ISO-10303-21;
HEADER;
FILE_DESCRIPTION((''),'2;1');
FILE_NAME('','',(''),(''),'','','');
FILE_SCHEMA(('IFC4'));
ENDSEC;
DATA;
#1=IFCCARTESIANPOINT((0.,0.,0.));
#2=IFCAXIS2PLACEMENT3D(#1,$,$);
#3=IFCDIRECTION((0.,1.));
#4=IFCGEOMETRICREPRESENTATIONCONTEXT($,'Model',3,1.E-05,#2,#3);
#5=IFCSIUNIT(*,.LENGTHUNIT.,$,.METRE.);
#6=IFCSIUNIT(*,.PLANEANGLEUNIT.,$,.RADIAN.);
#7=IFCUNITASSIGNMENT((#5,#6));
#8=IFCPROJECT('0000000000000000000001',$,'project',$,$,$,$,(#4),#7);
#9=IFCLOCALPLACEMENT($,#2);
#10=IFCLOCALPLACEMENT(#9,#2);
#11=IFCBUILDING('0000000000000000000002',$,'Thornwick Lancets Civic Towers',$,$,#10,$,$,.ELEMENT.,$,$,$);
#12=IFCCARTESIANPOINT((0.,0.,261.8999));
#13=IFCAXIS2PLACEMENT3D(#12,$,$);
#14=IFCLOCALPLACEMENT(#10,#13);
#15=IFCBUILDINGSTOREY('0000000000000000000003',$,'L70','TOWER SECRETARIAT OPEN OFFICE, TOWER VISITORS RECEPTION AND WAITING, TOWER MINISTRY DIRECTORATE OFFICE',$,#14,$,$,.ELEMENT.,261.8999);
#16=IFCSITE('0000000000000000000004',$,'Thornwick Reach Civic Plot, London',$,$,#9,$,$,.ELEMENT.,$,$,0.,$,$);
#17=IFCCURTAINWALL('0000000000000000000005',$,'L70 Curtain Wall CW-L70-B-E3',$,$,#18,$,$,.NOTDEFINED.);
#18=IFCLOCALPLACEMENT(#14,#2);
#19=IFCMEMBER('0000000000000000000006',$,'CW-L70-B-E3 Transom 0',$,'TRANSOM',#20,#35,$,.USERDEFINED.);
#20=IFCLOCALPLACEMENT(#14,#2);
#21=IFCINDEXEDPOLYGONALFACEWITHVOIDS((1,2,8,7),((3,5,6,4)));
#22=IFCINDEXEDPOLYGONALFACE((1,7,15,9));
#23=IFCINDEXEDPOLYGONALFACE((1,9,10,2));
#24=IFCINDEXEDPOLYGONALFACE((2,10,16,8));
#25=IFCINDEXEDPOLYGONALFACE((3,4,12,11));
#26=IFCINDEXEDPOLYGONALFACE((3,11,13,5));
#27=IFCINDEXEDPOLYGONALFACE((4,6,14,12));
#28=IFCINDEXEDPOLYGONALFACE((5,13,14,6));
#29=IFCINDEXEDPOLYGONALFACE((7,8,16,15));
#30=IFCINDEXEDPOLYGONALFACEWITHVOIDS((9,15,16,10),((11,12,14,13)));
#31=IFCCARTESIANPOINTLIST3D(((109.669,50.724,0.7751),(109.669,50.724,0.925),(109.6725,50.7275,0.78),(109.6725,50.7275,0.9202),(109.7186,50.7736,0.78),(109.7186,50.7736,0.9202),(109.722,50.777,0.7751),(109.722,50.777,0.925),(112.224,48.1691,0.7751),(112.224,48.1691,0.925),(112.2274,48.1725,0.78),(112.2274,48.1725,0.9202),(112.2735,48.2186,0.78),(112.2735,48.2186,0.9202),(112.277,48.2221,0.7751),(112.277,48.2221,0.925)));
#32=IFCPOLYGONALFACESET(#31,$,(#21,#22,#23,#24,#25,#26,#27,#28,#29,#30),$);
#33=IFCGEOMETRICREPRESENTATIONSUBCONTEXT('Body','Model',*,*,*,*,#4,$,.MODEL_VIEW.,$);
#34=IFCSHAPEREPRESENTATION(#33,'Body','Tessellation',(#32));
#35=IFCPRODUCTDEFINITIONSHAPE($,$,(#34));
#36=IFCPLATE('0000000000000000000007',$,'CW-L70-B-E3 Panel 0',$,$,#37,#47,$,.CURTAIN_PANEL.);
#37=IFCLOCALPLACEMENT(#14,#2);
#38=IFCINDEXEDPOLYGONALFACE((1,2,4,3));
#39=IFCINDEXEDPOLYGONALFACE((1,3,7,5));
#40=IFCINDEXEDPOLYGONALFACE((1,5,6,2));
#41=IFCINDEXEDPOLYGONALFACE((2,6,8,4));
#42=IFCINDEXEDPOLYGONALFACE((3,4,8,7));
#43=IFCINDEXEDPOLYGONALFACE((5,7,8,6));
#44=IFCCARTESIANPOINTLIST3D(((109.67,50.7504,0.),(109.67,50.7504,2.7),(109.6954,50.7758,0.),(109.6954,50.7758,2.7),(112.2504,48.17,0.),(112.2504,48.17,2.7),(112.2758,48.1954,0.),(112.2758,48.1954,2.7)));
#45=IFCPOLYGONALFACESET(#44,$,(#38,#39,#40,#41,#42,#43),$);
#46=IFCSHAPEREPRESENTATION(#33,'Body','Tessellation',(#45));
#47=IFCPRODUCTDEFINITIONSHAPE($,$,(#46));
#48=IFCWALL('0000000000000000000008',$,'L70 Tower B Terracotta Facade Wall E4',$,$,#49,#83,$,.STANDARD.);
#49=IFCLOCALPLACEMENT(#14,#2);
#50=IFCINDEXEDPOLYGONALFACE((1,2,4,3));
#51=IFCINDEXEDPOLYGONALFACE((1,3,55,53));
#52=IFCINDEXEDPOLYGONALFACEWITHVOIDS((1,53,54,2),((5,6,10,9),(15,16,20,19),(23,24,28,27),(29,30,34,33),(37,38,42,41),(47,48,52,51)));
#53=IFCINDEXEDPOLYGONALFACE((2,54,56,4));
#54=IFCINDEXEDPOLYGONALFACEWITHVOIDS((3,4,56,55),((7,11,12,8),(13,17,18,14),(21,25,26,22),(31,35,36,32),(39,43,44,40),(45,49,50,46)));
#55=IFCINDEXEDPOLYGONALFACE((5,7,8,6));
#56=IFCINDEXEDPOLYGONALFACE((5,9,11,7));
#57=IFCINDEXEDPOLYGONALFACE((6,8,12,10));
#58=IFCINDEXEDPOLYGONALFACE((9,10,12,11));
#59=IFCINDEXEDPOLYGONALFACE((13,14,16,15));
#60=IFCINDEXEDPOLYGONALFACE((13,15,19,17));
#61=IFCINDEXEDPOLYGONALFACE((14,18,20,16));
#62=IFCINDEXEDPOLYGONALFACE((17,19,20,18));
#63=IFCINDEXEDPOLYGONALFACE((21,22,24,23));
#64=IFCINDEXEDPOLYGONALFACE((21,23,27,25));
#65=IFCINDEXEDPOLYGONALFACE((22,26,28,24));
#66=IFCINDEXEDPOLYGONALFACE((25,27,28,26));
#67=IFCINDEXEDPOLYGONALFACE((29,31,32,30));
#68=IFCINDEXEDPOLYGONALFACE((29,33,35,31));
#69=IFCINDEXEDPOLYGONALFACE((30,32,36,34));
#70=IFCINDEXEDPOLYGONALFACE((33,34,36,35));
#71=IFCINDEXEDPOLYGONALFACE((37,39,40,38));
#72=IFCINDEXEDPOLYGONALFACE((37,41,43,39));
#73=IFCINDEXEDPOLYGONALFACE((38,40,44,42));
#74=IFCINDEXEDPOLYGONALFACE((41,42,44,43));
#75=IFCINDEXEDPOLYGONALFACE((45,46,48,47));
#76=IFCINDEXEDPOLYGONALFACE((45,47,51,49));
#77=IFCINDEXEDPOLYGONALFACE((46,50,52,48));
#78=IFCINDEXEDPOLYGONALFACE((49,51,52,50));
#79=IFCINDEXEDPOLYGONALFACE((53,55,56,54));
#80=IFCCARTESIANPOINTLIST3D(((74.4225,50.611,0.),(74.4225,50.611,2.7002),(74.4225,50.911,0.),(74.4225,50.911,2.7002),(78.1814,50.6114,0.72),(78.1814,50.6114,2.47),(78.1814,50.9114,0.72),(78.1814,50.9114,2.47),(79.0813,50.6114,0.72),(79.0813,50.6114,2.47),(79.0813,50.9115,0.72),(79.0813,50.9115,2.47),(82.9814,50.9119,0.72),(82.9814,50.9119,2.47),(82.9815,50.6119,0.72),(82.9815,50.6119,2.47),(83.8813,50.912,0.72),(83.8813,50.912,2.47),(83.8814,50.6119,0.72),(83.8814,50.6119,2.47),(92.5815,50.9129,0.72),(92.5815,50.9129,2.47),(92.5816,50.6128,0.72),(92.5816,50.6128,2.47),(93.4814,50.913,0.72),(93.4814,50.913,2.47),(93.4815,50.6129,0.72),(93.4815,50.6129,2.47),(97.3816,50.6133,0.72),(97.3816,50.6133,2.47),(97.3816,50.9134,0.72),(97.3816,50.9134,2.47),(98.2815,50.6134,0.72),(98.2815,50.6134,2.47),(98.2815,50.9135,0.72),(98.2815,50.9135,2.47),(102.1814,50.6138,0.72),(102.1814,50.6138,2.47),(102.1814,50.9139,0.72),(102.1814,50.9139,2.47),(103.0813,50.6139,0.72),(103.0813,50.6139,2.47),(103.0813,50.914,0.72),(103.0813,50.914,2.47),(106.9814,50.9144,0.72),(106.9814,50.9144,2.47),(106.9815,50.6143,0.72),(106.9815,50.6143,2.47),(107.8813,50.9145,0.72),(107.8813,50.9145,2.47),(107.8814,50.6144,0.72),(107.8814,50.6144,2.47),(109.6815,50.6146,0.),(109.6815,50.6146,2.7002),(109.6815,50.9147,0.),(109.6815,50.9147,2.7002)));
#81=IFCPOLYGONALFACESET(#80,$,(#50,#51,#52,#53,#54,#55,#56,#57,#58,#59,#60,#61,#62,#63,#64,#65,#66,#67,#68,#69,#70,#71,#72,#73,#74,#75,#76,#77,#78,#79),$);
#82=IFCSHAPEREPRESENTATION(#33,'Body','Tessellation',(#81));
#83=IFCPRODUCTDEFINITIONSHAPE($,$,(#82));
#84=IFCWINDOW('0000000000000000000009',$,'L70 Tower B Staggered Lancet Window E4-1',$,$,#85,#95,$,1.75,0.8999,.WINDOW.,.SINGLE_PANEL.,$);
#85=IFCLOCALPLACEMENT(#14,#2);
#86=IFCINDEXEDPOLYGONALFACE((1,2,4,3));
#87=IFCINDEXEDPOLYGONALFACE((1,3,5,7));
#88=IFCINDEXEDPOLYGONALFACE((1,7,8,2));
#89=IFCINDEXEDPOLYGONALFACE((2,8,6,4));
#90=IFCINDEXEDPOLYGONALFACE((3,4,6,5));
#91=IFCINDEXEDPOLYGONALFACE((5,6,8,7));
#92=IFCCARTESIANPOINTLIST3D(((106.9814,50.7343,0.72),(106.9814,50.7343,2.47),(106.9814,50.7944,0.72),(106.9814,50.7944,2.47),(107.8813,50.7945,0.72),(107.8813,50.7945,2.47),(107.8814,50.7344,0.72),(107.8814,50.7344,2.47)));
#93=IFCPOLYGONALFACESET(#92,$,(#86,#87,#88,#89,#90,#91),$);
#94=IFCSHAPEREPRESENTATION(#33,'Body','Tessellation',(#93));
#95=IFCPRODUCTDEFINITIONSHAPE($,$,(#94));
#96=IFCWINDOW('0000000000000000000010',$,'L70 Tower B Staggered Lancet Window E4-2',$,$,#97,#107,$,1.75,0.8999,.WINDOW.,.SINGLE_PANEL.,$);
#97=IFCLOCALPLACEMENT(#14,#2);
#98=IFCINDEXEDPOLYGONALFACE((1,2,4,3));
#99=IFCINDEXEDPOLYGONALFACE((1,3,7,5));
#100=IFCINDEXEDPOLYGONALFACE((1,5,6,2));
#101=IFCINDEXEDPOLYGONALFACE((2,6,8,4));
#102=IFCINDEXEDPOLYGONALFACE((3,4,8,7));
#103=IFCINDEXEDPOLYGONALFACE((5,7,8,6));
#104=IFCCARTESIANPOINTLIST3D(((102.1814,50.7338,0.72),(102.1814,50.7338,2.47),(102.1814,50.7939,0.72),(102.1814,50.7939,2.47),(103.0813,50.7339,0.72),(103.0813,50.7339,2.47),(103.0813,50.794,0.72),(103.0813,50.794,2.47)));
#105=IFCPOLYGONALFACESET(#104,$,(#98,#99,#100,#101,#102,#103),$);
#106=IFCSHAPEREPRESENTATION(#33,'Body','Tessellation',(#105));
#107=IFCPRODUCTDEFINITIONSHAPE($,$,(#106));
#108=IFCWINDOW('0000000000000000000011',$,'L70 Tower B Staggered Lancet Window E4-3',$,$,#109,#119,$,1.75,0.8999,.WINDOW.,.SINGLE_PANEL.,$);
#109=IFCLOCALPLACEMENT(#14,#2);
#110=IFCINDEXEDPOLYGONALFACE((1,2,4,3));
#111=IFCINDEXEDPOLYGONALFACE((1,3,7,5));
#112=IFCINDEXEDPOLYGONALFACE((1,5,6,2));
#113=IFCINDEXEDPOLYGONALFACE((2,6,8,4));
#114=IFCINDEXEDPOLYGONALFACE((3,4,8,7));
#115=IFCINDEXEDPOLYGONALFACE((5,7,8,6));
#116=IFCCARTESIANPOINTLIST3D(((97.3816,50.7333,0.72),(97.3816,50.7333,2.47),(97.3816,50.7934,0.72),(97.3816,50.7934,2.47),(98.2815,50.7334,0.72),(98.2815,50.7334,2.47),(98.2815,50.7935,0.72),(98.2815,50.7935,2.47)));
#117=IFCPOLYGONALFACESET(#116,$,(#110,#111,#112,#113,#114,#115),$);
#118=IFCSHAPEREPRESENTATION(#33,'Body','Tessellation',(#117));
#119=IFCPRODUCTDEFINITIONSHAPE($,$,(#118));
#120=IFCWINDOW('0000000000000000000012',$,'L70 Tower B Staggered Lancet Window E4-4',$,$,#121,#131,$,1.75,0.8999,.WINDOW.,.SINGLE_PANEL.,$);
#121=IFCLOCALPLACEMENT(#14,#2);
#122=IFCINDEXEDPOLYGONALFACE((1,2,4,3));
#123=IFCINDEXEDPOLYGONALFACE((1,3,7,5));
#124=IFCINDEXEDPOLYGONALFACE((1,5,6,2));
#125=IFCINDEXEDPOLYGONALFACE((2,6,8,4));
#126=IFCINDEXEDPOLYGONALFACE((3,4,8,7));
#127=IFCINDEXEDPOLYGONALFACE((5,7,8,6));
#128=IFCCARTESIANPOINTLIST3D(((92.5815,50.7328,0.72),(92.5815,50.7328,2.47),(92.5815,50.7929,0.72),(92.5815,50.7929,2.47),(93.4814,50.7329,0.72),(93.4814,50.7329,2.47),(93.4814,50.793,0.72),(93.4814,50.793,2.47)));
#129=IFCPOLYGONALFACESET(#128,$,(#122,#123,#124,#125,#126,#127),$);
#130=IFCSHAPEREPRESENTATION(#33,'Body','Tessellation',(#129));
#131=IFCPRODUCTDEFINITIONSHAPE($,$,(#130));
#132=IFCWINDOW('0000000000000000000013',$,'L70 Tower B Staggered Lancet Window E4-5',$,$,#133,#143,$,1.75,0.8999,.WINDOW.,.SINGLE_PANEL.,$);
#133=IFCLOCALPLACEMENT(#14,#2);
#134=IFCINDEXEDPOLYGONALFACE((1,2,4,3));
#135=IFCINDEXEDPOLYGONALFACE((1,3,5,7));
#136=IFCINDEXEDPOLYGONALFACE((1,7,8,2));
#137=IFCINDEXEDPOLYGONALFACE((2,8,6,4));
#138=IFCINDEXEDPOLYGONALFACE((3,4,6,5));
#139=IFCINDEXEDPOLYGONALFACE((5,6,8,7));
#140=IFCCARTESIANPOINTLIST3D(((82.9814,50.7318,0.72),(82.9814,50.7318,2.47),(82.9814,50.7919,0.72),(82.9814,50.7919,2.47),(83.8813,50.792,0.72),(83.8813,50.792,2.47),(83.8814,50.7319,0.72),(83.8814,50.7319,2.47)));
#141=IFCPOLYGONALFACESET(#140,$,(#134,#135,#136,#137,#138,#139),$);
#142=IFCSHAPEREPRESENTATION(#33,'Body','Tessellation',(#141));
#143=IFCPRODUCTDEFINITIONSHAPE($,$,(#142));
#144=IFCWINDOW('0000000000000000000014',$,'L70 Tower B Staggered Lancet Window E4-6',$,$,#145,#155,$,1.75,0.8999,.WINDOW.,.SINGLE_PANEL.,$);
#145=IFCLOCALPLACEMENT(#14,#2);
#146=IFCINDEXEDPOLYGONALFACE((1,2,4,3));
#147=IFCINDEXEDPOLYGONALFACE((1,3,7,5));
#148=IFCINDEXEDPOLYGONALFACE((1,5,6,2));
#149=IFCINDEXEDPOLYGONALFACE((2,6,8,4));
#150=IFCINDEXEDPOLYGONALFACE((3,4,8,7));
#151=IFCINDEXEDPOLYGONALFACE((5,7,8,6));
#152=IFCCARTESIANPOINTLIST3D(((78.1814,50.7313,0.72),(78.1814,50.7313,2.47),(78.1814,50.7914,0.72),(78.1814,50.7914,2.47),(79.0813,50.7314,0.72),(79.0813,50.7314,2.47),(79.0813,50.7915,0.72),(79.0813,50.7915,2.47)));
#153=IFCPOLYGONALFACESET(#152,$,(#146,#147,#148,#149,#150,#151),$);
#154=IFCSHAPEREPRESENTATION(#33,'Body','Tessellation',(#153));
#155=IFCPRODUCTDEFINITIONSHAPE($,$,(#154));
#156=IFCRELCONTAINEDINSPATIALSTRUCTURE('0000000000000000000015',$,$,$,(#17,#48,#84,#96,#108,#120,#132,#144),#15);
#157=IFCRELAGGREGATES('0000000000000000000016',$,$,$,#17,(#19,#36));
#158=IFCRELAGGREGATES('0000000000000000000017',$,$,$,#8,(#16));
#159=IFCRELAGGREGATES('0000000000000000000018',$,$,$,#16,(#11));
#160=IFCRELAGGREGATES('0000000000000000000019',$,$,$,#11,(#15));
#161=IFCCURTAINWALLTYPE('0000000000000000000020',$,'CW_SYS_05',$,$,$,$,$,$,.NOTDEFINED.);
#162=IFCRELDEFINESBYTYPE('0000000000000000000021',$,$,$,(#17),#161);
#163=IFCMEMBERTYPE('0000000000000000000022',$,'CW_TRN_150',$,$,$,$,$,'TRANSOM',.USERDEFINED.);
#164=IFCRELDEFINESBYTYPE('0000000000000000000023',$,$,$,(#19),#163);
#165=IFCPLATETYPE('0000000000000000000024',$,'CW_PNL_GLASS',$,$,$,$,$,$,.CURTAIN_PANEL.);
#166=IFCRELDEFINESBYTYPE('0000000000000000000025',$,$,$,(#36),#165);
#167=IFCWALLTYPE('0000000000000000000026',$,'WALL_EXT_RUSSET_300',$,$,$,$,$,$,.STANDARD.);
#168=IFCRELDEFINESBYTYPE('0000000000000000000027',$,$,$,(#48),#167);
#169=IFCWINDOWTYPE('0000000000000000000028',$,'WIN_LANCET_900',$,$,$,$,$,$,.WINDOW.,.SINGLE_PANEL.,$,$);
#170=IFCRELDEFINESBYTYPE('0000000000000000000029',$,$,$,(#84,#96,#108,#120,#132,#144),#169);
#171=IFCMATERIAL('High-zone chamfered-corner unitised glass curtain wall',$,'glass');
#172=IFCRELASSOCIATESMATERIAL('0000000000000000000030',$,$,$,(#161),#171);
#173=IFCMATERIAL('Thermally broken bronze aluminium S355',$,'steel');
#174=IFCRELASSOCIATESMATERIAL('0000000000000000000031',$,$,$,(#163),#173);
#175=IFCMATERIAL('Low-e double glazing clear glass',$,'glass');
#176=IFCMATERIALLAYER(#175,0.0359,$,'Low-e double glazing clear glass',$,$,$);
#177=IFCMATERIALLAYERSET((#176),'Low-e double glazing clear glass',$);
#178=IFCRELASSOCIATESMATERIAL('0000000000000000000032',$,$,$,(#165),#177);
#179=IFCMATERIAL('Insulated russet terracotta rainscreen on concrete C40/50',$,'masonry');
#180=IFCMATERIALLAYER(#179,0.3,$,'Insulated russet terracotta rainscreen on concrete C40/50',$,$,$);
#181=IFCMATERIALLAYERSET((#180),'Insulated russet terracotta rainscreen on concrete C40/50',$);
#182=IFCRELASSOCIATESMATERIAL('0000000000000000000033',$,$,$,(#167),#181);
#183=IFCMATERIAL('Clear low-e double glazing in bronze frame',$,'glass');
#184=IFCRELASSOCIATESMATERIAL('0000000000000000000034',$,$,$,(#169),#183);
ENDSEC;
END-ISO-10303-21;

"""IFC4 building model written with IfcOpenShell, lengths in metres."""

from ifc_helpers import new_model, si_unit, direction, frame, frame_2d, origin, origin_2d, place, context, subcontext, project, spatial, rectangle, hollow_rectangle, extrude, material, layer, layer_set, material_profile, profile_set, type_object, element, fill, aggregate, save


model = new_model("IFC4")

# Units and contexts
model_context = context("Model", 3, precision=1e-05, world=origin(), true_north=direction((0.0, 1.0)))
body_context = subcontext(model_context, "Body", "Model", "MODEL_VIEW")
ifc_project = project(units=[si_unit("LENGTHUNIT", "METRE"), si_unit("PLANEANGLEUNIT", "RADIAN")], contexts=[model_context])

# Site, building, storey
site_placement = place(None, origin())
site = spatial("IfcSite", under=ifc_project, at=site_placement, Name="Thornwick Reach Civic Plot, London", CompositionType="ELEMENT", RefElevation=0.0)
building_placement = place(site_placement, origin())
building = spatial("IfcBuilding", under=site, at=building_placement, Name="Thornwick Lancets Civic Towers", CompositionType="ELEMENT")
storey_placement = place(building_placement, frame((0.0, 0.0, 261.8999)))
storey = spatial("IfcBuildingStorey", under=building, at=storey_placement, Name="L70", Description="TOWER SECRETARIAT OPEN OFFICE, TOWER VISITORS RECEPTION AND WAITING, TOWER MINISTRY DIRECTORATE OFFICE", CompositionType="ELEMENT", Elevation=261.8999)

# Curtain wall, member, plate
ifc_material_1 = material(Name="High-zone chamfered-corner unitised glass curtain wall", Category="glass")
curtain_wall_type = type_object("IfcCurtainWallType", Name="CW_SYS_05", PredefinedType="NOTDEFINED", material=ifc_material_1)
curtain_wall_placement = place(storey_placement, origin())
curtain_wall = element("IfcCurtainWall", 1, at=curtain_wall_placement, inside=storey, type_object=curtain_wall_type, Name="L70 Curtain Wall CW-L70-B-E3", PredefinedType="NOTDEFINED")
ifc_material_2 = material(Name="Thermally broken bronze aluminium S355", Category="steel")
ifc_material_profile_1 = material_profile(ifc_material_2, hollow_rectangle(XDim=0.075, YDim=0.1499, WallThickness=0.0049, at=origin_2d()), Name="RHS 150x75x5")
ifc_profile_set_1 = profile_set([ifc_material_profile_1], Name="Thermally broken bronze aluminium S355")
member_type_1 = type_object("IfcMemberType", Name="CW_TRN_150", ElementType="TRANSOM", PredefinedType="USERDEFINED", material=ifc_profile_set_1)
member_1_placement = place(storey_placement, frame((112.2505, 48.1956, 0.8501), z_axis=(-0.707107, 0.707107, 0.0), x_axis=(-0.707107, -0.707107, 0.0)))
member_1 = element("IfcMember", 2, at=member_1_placement, type_object=member_type_1, Name="CW-L70-B-E3 Transom 0", ObjectType="TRANSOM", PredefinedType="USERDEFINED", context=body_context, shape_type="SweptSolid", body=[
    extrude(hollow_rectangle(XDim=0.075, YDim=0.1499, WallThickness=0.0049, at=origin_2d()), origin(), (0.0, 0.0, 1.0), 3.6133),
])
ifc_material_3 = material(Name="Low-e double glazing clear glass", Category="glass")
ifc_layer_1 = layer(ifc_material_3, 0.0359, Name="Low-e double glazing clear glass")
ifc_layer_set_1 = layer_set([ifc_layer_1], Name="Low-e double glazing clear glass")
plate_type = type_object("IfcPlateType", Name="CW_PNL_GLASS", PredefinedType="CURTAIN_PANEL", material=ifc_layer_set_1)
plate_placement = place(storey_placement, frame((110.9729, 49.4729, 0.0), z_axis=(0.0, 0.0, 1.0), x_axis=(-0.707107, 0.707107, 0.0)))
plate = element("IfcPlate", 3, at=plate_placement, type_object=plate_type, Name="CW-L70-B-E3 Panel 0", PredefinedType="CURTAIN_PANEL", context=body_context, shape_type="SweptSolid", body=[
    extrude(rectangle(XDim=3.6492, YDim=0.0359, at=origin_2d()), origin(), (0.0, 0.0, 1.0), 2.7),
])
aggregate(curtain_wall, [member_1, plate])

# Wall, openings, windows
ifc_material_4 = material(Name="Insulated russet terracotta rainscreen on concrete C40/50", Category="masonry")
ifc_layer_2 = layer(ifc_material_4, 0.3, Name="Insulated russet terracotta rainscreen on concrete C40/50")
ifc_layer_set_2 = layer_set([ifc_layer_2], Name="Insulated russet terracotta rainscreen on concrete C40/50")
wall_type_1 = type_object("IfcWallType", Name="WALL_EXT_RUSSET_300", PredefinedType="STANDARD", material=ifc_layer_set_2)
wall_1_placement = place(storey_placement, frame((109.6814, 50.7646, 0.0), z_axis=(0.0, 0.0, 1.0), x_axis=(-1.0, -0.000104, 0.0)))
wall_1 = element("IfcWall", 4, at=wall_1_placement, inside=storey, type_object=wall_type_1, Name="L70 Tower B Terracotta Facade Wall E4", PredefinedType="STANDARD", context=body_context, shape_type="SweptSolid", body=[
    extrude(rectangle(XDim=35.259, YDim=0.3, at=frame_2d((17.6294, 0.0))), origin(), (0.0, 0.0, 1.0), 2.7002),
])
opening_1_placement = place(wall_1_placement, frame((1.8, 0.0, 0.72)))
opening_1 = element("IfcOpeningElement", 5, at=opening_1_placement, cuts=wall_1, PredefinedType="OPENING", context=body_context, shape_type="SweptSolid", body=[
    extrude(rectangle(XDim=0.8999, YDim=1.75, at=frame_2d((0.45, 0.875))), frame((0.0, 0.1602, 0.0), z_axis=(0.0, -1.0, 0.0), x_axis=(1.0, 0.0, 0.0)), (0.0, 0.0, 1.0), 0.3201),
])
opening_2_placement = place(wall_1_placement, frame((6.6001, 0.0, 0.72)))
opening_2 = element("IfcOpeningElement", 6, at=opening_2_placement, cuts=wall_1, PredefinedType="OPENING", context=body_context, shape_type="SweptSolid", body=[
    extrude(rectangle(XDim=0.8999, YDim=1.75, at=frame_2d((0.45, 0.875))), frame((0.0, 0.1602, 0.0), z_axis=(0.0, -1.0, 0.0), x_axis=(1.0, 0.0, 0.0)), (0.0, 0.0, 1.0), 0.3201),
])
opening_3_placement = place(wall_1_placement, frame((11.3999, 0.0, 0.72)))
opening_3 = element("IfcOpeningElement", 7, at=opening_3_placement, cuts=wall_1, PredefinedType="OPENING", context=body_context, shape_type="SweptSolid", body=[
    extrude(rectangle(XDim=0.8999, YDim=1.75, at=frame_2d((0.45, 0.875))), frame((0.0, 0.1602, 0.0), z_axis=(0.0, -1.0, 0.0), x_axis=(1.0, 0.0, 0.0)), (0.0, 0.0, 1.0), 0.3201),
])
opening_4_placement = place(wall_1_placement, frame((16.2, 0.0, 0.72)))
opening_4 = element("IfcOpeningElement", 8, at=opening_4_placement, cuts=wall_1, PredefinedType="OPENING", context=body_context, shape_type="SweptSolid", body=[
    extrude(rectangle(XDim=0.8999, YDim=1.75, at=frame_2d((0.45, 0.875))), frame((0.0, 0.1602, 0.0), z_axis=(0.0, -1.0, 0.0), x_axis=(1.0, 0.0, 0.0)), (0.0, 0.0, 1.0), 0.3201),
])
opening_5_placement = place(wall_1_placement, frame((25.8, 0.0, 0.72)))
opening_5 = element("IfcOpeningElement", 9, at=opening_5_placement, cuts=wall_1, PredefinedType="OPENING", context=body_context, shape_type="SweptSolid", body=[
    extrude(rectangle(XDim=0.8999, YDim=1.75, at=frame_2d((0.45, 0.875))), frame((0.0, 0.1602, 0.0), z_axis=(0.0, -1.0, 0.0), x_axis=(1.0, 0.0, 0.0)), (0.0, 0.0, 1.0), 0.3201),
])
opening_6_placement = place(wall_1_placement, frame((30.6001, 0.0, 0.72)))
opening_6 = element("IfcOpeningElement", 10, at=opening_6_placement, cuts=wall_1, PredefinedType="OPENING", context=body_context, shape_type="SweptSolid", body=[
    extrude(rectangle(XDim=0.8999, YDim=1.75, at=frame_2d((0.45, 0.875))), frame((0.0, 0.1602, 0.0), z_axis=(0.0, -1.0, 0.0), x_axis=(1.0, 0.0, 0.0)), (0.0, 0.0, 1.0), 0.3201),
])
ifc_material_5 = material(Name="Clear low-e double glazing in bronze frame", Category="glass")
window_type = type_object("IfcWindowType", Name="WIN_LANCET_900", PartitioningType="SINGLE_PANEL", PredefinedType="WINDOW", material=ifc_material_5)
window_1_placement = place(opening_1_placement, origin())
window_1 = element("IfcWindow", 11, at=window_1_placement, inside=storey, type_object=window_type, Name="L70 Tower B Staggered Lancet Window E4-1", OverallHeight=1.75, OverallWidth=0.8999, PartitioningType="SINGLE_PANEL", PredefinedType="WINDOW", context=body_context, shape_type="SweptSolid", body=[
    extrude(rectangle(XDim=0.8999, YDim=1.75, at=frame_2d((0.45, 0.875))), frame((0.0, 0.03, 0.0), z_axis=(0.0, -1.0, 0.0), x_axis=(1.0, 0.0, 0.0)), (0.0, 0.0, 1.0), 0.0601),
])
fill(opening_1, window_1)
window_2_placement = place(opening_2_placement, origin())
window_2 = element("IfcWindow", 12, at=window_2_placement, inside=storey, type_object=window_type, Name="L70 Tower B Staggered Lancet Window E4-2", OverallHeight=1.75, OverallWidth=0.8999, PartitioningType="SINGLE_PANEL", PredefinedType="WINDOW", context=body_context, shape_type="SweptSolid", body=[
    extrude(rectangle(XDim=0.8999, YDim=1.75, at=frame_2d((0.45, 0.875))), frame((0.0, 0.03, 0.0), z_axis=(0.0, -1.0, 0.0), x_axis=(1.0, 0.0, 0.0)), (0.0, 0.0, 1.0), 0.0601),
])
fill(opening_2, window_2)
window_3_placement = place(opening_3_placement, origin())
window_3 = element("IfcWindow", 13, at=window_3_placement, inside=storey, type_object=window_type, Name="L70 Tower B Staggered Lancet Window E4-3", OverallHeight=1.75, OverallWidth=0.8999, PartitioningType="SINGLE_PANEL", PredefinedType="WINDOW", context=body_context, shape_type="SweptSolid", body=[
    extrude(rectangle(XDim=0.8999, YDim=1.75, at=frame_2d((0.45, 0.875))), frame((0.0, 0.03, 0.0), z_axis=(0.0, -1.0, 0.0), x_axis=(1.0, 0.0, 0.0)), (0.0, 0.0, 1.0), 0.0601),
])
fill(opening_3, window_3)
window_4_placement = place(opening_4_placement, origin())
window_4 = element("IfcWindow", 14, at=window_4_placement, inside=storey, type_object=window_type, Name="L70 Tower B Staggered Lancet Window E4-4", OverallHeight=1.75, OverallWidth=0.8999, PartitioningType="SINGLE_PANEL", PredefinedType="WINDOW", context=body_context, shape_type="SweptSolid", body=[
    extrude(rectangle(XDim=0.8999, YDim=1.75, at=frame_2d((0.45, 0.875))), frame((0.0, 0.03, 0.0), z_axis=(0.0, -1.0, 0.0), x_axis=(1.0, 0.0, 0.0)), (0.0, 0.0, 1.0), 0.0601),
])
fill(opening_4, window_4)
window_5_placement = place(opening_5_placement, origin())
window_5 = element("IfcWindow", 15, at=window_5_placement, inside=storey, type_object=window_type, Name="L70 Tower B Staggered Lancet Window E4-5", OverallHeight=1.75, OverallWidth=0.8999, PartitioningType="SINGLE_PANEL", PredefinedType="WINDOW", context=body_context, shape_type="SweptSolid", body=[
    extrude(rectangle(XDim=0.8999, YDim=1.75, at=frame_2d((0.45, 0.875))), frame((0.0, 0.03, 0.0), z_axis=(0.0, -1.0, 0.0), x_axis=(1.0, 0.0, 0.0)), (0.0, 0.0, 1.0), 0.0601),
])
fill(opening_5, window_5)
window_6_placement = place(opening_6_placement, origin())
window_6 = element("IfcWindow", 16, at=window_6_placement, inside=storey, type_object=window_type, Name="L70 Tower B Staggered Lancet Window E4-6", OverallHeight=1.75, OverallWidth=0.8999, PartitioningType="SINGLE_PANEL", PredefinedType="WINDOW", context=body_context, shape_type="SweptSolid", body=[
    extrude(rectangle(XDim=0.8999, YDim=1.75, at=frame_2d((0.45, 0.875))), frame((0.0, 0.03, 0.0), z_axis=(0.0, -1.0, 0.0), x_axis=(1.0, 0.0, 0.0)), (0.0, 0.0, 1.0), 0.0601),
])
fill(opening_6, window_6)

save(model, "model.ifc")
